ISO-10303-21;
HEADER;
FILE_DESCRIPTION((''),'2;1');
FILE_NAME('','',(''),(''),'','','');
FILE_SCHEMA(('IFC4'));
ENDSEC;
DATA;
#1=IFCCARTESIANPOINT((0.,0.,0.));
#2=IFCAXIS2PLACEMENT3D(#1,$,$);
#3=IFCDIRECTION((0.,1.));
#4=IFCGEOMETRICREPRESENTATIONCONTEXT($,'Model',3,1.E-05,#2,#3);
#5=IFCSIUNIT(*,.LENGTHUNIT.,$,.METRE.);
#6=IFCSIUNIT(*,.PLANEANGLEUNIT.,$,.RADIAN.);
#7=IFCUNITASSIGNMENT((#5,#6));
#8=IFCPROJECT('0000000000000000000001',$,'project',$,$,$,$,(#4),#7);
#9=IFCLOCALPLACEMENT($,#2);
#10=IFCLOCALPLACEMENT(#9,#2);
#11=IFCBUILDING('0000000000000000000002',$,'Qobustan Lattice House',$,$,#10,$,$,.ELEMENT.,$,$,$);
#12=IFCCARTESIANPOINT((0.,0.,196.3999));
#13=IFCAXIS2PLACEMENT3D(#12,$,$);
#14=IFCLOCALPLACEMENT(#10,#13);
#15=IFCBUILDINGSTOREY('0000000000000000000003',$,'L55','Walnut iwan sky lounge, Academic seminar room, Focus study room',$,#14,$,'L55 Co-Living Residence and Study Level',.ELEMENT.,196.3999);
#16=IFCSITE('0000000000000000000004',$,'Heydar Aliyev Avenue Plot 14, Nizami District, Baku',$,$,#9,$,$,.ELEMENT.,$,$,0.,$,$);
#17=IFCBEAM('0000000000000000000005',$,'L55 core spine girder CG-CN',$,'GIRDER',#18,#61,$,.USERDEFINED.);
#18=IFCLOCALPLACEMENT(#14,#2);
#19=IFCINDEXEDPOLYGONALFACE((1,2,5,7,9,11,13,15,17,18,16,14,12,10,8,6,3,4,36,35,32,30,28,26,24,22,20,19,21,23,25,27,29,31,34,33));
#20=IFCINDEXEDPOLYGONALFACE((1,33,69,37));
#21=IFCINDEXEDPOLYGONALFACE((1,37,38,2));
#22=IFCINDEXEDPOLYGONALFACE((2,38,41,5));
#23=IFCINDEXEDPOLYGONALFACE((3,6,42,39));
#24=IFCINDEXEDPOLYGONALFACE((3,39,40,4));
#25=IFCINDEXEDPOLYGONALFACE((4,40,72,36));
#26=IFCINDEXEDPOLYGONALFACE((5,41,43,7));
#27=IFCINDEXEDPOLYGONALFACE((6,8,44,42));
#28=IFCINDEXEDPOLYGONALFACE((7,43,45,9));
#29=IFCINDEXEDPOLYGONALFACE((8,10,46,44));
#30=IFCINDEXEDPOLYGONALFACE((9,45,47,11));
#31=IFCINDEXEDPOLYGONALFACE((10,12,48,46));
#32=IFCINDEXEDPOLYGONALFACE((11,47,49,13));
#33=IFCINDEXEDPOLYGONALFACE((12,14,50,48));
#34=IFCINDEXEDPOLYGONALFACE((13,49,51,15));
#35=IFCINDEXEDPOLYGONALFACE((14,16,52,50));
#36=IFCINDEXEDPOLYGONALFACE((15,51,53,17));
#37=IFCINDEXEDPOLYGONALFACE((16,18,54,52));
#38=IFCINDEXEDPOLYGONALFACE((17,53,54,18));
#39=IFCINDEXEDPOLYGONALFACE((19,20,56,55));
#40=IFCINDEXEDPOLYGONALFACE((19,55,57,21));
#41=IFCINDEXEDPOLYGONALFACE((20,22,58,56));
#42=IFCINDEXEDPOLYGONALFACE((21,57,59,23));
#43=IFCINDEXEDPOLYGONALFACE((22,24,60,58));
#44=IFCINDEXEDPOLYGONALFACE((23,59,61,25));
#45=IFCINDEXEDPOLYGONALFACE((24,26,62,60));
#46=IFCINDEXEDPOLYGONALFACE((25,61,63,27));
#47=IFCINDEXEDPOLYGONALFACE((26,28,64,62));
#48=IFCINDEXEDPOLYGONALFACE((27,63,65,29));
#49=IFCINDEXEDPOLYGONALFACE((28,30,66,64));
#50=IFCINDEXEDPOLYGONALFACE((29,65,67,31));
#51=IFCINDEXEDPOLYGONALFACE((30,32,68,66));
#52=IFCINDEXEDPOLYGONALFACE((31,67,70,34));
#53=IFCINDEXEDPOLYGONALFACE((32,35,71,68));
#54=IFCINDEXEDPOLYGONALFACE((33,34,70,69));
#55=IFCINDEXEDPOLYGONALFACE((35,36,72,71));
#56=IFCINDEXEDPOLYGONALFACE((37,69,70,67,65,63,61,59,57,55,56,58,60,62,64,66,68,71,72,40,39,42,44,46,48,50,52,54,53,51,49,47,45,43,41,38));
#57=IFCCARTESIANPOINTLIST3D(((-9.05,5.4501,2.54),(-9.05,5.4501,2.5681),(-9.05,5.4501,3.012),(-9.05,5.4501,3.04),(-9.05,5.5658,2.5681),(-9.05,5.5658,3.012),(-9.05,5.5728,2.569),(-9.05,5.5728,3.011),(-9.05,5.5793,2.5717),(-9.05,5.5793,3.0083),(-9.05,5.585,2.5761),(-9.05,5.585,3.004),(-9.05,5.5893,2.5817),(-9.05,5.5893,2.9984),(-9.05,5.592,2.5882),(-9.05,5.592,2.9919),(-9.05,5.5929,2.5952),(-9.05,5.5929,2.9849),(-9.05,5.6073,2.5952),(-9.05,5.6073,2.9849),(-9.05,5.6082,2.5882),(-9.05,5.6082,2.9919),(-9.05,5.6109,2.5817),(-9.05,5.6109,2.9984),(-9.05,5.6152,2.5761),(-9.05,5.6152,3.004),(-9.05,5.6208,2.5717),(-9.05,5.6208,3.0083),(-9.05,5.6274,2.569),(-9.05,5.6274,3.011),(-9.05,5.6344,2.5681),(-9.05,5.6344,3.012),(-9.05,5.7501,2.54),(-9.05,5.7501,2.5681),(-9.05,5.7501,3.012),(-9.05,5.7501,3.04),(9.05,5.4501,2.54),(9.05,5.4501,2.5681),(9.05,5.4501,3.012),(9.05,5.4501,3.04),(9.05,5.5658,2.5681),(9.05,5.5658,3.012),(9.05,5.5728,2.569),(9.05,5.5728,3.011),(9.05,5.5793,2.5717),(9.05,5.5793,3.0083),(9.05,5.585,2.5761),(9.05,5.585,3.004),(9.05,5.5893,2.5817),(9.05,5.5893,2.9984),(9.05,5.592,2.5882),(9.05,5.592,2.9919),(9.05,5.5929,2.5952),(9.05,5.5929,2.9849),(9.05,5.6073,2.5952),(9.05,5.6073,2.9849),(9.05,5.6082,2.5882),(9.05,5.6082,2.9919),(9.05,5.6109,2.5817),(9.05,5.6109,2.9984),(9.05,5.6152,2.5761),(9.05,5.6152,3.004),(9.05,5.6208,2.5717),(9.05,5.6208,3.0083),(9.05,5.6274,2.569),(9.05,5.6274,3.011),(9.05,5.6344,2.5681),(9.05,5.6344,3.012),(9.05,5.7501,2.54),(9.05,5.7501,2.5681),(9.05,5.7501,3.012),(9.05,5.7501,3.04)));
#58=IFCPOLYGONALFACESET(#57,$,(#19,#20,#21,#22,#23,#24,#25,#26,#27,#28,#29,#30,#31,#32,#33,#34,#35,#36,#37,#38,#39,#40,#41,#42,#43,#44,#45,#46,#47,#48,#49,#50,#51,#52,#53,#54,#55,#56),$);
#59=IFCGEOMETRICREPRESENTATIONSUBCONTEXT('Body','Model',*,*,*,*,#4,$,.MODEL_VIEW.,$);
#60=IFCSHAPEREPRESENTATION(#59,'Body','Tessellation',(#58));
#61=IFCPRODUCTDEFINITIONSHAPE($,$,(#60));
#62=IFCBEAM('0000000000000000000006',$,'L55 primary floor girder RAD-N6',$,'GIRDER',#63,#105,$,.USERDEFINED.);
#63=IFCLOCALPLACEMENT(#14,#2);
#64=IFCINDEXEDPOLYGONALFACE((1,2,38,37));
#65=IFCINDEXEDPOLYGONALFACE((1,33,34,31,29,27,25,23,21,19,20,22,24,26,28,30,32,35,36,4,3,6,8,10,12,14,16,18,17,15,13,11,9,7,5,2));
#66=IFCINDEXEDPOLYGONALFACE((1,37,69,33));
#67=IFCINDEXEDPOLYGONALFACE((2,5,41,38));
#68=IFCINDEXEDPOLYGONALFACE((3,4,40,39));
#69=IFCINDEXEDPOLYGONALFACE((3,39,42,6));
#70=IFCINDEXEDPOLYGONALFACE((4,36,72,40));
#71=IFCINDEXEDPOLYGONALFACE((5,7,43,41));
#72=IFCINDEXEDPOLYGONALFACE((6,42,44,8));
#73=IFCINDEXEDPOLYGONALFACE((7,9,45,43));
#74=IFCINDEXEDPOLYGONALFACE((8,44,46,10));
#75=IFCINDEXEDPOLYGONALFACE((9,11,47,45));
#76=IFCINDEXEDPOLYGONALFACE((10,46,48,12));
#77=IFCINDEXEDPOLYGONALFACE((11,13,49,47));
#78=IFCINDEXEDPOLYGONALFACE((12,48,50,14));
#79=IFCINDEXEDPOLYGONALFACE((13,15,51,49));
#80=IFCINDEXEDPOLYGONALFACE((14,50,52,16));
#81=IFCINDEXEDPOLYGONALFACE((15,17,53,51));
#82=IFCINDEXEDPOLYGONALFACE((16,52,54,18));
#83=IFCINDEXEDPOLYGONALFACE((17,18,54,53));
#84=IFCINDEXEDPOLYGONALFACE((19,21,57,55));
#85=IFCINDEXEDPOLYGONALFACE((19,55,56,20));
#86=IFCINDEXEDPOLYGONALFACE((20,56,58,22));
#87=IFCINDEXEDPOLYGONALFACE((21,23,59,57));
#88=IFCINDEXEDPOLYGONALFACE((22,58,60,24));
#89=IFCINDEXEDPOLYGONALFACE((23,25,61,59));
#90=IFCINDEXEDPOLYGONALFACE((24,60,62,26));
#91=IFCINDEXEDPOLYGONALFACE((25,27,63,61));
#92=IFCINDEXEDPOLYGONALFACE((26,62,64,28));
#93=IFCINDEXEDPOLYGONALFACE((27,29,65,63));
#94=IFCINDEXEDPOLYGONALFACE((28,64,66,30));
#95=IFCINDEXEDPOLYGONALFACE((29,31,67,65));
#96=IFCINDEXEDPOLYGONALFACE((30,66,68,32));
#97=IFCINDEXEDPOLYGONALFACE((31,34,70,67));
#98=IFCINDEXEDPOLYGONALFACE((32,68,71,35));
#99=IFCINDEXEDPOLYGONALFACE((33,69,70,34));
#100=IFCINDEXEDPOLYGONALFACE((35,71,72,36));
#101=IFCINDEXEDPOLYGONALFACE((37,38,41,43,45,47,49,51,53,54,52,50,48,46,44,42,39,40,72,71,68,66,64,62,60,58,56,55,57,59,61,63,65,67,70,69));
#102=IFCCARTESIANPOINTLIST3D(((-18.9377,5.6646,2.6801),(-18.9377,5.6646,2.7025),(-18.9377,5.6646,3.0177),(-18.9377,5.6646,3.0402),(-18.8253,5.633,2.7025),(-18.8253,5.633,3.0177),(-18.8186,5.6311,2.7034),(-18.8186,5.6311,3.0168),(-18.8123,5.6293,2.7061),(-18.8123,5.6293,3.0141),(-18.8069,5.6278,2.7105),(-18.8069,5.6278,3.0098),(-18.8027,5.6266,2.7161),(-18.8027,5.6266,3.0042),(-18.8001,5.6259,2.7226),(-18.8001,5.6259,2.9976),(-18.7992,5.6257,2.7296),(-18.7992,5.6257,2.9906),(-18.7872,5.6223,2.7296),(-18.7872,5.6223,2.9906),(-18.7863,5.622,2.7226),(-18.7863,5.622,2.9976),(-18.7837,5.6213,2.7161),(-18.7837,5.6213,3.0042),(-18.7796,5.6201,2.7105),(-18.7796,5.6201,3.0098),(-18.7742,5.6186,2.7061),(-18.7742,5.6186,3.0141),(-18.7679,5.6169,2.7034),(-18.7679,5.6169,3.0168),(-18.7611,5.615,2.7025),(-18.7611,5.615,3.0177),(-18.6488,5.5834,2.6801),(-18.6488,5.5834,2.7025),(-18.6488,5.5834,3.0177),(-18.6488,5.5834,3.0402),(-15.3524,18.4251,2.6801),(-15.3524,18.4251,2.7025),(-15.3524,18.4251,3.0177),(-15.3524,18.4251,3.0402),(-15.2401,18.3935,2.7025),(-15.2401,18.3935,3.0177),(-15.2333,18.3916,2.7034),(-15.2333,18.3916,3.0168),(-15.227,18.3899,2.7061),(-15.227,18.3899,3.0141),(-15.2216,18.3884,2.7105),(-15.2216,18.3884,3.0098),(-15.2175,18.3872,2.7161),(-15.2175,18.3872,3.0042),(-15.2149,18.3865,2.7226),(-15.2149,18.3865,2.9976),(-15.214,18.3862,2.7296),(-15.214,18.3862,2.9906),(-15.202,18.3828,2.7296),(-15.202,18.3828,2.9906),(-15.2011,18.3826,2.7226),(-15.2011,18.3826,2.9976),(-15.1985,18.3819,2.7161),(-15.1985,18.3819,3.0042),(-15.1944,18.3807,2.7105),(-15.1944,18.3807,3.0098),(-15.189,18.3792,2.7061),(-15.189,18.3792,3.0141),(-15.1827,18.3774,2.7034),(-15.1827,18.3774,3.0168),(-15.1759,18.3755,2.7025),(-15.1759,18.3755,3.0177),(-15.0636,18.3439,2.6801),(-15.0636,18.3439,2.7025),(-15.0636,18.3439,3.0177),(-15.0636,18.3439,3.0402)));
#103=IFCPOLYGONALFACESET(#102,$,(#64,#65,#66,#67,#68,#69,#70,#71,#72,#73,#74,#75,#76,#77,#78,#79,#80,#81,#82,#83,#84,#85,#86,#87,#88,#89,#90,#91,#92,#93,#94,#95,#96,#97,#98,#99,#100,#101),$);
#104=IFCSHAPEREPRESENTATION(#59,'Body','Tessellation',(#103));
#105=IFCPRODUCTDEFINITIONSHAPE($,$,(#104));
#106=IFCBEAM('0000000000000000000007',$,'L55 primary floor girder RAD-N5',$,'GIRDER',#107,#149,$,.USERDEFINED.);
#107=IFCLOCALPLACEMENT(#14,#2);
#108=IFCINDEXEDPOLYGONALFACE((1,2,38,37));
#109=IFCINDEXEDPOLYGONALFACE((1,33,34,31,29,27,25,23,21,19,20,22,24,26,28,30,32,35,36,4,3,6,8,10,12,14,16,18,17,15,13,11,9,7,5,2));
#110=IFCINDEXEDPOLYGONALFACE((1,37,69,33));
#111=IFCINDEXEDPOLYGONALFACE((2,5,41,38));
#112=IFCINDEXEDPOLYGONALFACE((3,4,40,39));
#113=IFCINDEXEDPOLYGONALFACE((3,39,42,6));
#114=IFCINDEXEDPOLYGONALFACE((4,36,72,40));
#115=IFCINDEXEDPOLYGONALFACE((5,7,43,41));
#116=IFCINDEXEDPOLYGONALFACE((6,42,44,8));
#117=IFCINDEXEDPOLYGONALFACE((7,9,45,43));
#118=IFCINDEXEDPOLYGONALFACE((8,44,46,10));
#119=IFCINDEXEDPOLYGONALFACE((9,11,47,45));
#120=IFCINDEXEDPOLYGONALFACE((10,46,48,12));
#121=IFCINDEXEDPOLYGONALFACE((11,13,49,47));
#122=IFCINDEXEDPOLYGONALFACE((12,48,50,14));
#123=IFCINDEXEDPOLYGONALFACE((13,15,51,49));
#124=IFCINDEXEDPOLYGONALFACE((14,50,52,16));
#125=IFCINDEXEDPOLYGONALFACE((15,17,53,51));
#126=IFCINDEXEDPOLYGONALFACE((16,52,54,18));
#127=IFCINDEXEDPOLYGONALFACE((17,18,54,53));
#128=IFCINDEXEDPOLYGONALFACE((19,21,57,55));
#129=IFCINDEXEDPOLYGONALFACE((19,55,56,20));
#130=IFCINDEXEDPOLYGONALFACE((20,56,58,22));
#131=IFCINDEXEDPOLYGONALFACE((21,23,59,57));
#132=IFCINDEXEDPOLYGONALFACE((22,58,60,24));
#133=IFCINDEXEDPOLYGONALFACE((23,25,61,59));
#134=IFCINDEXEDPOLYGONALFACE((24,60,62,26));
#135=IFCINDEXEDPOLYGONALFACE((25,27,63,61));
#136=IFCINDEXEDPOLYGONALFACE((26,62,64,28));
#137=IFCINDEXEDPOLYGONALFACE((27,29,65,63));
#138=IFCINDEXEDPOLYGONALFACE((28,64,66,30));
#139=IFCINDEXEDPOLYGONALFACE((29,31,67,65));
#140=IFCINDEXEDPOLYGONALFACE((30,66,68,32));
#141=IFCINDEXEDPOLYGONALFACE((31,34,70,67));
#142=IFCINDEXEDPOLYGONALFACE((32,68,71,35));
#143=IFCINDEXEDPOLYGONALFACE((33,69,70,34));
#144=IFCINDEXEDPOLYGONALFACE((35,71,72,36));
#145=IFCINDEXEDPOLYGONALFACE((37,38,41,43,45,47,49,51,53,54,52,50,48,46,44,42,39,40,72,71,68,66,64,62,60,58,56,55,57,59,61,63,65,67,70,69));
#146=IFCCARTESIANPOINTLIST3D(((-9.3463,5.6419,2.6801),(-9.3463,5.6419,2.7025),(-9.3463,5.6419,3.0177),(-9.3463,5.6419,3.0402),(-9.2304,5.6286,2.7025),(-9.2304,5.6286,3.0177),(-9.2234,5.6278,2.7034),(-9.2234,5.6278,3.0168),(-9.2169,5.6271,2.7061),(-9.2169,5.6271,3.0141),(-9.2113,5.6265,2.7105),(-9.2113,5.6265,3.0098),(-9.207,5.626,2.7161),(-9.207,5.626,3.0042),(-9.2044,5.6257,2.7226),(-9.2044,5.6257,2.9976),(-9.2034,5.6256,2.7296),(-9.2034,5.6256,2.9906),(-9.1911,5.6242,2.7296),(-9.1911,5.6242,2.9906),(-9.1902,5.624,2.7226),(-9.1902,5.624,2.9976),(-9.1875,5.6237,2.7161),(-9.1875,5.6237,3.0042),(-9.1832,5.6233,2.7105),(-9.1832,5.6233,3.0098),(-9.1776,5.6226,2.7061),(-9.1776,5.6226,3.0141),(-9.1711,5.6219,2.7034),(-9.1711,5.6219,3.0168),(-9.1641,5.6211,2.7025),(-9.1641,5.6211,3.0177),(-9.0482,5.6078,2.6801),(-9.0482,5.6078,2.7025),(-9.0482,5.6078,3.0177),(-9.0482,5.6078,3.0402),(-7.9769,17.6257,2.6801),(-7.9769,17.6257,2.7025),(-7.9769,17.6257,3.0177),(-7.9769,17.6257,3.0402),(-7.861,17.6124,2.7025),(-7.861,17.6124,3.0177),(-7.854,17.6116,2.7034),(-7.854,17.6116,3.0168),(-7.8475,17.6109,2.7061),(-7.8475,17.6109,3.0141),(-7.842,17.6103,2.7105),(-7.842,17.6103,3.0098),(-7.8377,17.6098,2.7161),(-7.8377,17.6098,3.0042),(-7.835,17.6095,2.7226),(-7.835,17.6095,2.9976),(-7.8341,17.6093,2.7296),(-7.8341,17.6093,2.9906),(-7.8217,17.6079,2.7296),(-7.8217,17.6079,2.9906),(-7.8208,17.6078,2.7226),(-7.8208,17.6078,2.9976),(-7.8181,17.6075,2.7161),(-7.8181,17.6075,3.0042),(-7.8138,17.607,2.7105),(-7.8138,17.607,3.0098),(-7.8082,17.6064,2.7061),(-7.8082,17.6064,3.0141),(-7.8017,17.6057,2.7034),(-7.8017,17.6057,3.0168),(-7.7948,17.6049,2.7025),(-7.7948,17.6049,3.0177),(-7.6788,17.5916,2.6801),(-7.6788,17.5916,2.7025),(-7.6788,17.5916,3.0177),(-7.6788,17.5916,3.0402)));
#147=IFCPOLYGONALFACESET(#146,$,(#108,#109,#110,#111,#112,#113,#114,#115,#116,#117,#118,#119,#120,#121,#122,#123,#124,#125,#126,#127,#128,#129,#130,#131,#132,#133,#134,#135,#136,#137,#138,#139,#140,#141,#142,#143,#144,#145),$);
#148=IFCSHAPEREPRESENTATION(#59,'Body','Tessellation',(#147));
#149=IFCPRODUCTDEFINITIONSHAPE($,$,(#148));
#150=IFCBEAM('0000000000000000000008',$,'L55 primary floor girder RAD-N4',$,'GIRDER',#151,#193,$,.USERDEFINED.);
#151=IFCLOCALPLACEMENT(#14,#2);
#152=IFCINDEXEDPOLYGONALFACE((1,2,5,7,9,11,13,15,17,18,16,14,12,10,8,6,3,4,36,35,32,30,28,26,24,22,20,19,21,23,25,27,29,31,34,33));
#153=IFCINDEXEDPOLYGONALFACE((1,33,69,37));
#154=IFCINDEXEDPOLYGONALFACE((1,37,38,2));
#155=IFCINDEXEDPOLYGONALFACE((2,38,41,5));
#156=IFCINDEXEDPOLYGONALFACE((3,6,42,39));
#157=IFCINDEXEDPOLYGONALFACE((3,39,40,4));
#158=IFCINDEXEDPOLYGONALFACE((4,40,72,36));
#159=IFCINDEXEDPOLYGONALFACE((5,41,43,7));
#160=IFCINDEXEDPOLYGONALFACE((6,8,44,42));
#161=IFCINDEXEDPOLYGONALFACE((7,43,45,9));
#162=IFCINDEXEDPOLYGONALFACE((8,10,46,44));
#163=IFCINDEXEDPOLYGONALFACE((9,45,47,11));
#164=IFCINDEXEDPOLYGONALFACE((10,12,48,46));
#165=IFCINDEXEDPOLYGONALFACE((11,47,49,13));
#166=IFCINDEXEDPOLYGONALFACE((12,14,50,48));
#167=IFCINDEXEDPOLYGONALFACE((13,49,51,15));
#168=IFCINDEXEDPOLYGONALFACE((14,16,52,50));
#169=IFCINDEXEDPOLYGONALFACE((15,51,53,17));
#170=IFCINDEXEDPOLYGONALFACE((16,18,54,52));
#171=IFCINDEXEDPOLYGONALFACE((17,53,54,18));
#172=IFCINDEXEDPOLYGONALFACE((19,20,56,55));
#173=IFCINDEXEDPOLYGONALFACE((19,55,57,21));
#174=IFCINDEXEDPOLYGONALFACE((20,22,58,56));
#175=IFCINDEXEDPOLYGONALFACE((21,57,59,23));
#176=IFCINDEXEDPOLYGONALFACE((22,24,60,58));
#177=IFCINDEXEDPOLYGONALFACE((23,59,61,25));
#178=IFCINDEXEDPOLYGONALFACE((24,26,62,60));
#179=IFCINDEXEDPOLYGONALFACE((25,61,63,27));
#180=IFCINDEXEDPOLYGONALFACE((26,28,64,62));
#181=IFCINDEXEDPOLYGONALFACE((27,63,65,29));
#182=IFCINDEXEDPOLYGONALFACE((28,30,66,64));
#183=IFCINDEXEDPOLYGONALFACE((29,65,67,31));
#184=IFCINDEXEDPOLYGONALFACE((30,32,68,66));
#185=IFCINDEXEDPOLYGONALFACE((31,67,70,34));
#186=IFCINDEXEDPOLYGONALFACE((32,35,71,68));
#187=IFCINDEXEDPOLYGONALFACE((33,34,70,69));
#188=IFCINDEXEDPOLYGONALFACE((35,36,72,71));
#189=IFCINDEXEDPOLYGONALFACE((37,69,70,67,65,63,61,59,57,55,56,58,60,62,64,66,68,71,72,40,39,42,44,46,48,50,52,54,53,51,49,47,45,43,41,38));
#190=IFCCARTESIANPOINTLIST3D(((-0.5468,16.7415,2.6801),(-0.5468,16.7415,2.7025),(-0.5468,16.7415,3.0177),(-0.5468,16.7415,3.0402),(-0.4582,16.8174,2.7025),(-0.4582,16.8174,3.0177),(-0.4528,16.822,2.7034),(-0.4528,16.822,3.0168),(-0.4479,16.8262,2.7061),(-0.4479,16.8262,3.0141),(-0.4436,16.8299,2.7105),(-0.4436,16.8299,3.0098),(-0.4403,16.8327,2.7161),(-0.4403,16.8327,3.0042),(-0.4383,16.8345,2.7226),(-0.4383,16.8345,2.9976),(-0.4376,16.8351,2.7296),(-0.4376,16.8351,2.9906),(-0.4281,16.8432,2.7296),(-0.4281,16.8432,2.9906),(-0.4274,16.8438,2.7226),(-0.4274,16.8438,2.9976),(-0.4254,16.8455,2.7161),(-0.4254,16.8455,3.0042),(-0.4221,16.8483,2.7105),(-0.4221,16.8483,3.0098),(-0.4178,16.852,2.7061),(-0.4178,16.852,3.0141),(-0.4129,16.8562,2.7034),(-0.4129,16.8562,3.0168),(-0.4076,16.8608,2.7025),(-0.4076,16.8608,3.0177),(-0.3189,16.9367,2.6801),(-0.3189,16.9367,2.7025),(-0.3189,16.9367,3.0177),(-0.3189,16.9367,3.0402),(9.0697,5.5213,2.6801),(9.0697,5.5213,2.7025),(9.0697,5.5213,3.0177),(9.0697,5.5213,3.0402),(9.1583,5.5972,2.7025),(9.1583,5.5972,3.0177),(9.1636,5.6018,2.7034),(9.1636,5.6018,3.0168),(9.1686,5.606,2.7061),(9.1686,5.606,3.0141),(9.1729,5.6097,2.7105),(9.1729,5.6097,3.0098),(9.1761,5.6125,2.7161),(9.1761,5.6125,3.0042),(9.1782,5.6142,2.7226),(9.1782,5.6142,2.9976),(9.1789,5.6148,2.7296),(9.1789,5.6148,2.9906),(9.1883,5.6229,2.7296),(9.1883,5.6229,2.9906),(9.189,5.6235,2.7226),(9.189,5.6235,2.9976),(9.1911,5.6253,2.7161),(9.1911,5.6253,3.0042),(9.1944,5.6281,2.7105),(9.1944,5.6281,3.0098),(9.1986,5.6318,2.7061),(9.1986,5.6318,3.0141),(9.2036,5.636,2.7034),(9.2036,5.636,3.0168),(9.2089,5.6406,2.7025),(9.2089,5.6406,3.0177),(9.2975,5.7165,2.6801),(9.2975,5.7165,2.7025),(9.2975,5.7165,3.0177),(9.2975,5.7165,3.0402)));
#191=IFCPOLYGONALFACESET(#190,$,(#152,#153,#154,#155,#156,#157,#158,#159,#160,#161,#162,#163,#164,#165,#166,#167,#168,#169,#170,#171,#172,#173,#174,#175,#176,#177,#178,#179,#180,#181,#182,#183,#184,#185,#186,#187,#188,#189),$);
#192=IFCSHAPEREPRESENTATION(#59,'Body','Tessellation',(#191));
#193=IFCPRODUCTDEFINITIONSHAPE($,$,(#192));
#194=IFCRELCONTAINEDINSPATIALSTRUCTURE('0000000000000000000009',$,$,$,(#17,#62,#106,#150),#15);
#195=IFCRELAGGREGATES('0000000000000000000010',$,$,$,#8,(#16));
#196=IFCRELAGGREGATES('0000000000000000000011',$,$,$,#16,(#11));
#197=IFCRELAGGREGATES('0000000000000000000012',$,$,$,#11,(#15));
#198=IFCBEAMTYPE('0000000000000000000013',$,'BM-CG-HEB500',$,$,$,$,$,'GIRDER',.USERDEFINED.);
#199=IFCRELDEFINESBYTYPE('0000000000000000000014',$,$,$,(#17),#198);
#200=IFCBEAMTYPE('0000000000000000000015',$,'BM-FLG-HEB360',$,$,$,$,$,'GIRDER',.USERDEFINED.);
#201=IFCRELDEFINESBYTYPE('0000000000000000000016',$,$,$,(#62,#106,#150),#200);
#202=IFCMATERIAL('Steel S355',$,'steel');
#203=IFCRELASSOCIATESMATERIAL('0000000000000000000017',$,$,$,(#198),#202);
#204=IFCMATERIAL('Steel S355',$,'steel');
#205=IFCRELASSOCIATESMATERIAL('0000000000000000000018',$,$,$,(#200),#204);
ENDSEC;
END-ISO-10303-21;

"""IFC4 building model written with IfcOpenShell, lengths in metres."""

from ifc_helpers import new_model, si_unit, direction, frame, origin, origin_2d, place, context, subcontext, project, spatial, i_section, extrude, material, material_profile, profile_set, type_object, element, save


model = new_model("IFC4")

# Units and contexts
model_context = context("Model", 3, precision=1e-05, world=origin(), true_north=direction((0.0, 1.0)))
body_context = subcontext(model_context, "Body", "Model", "MODEL_VIEW")
ifc_project = project(units=[si_unit("LENGTHUNIT", "METRE"), si_unit("PLANEANGLEUNIT", "RADIAN")], contexts=[model_context])

# Site, building, storey
site_placement = place(None, origin())
site = spatial("IfcSite", under=ifc_project, at=site_placement, Name="Heydar Aliyev Avenue Plot 14, Nizami District, Baku", CompositionType="ELEMENT", RefElevation=0.0)
building_placement = place(site_placement, origin())
building = spatial("IfcBuilding", under=site, at=building_placement, Name="Qobustan Lattice House", CompositionType="ELEMENT")
storey_placement = place(building_placement, frame((0.0, 0.0, 196.3999)))
storey = spatial("IfcBuildingStorey", under=building, at=storey_placement, Name="L55", Description="Walnut iwan sky lounge, Academic seminar room, Focus study room", LongName="L55 Co-Living Residence and Study Level", CompositionType="ELEMENT", Elevation=196.3999)

# Beams
ifc_material_1 = material(Name="Steel S355", Category="steel")
ifc_material_profile_1 = material_profile(ifc_material_1, i_section(OverallWidth=0.3, OverallDepth=0.5, WebThickness=0.0144, FlangeThickness=0.0281, FilletRadius=0.0271, at=origin_2d()), Name="HEB500")
ifc_profile_set_1 = profile_set([ifc_material_profile_1], Name="Steel S355")
beam_type_1 = type_object("IfcBeamType", Name="BM-CG-HEB500", ElementType="GIRDER", PredefinedType="USERDEFINED", material=ifc_profile_set_1)
beam_1_placement = place(storey_placement, frame((-9.05, 5.6001, 2.79), z_axis=(1.0, 0.0, 0.0), x_axis=(0.0, 1.0, 0.0)))
element("IfcBeam", 1, at=beam_1_placement, inside=storey, type_object=beam_type_1, Name="L55 core spine girder CG-CN", ObjectType="GIRDER", PredefinedType="USERDEFINED", context=body_context, shape_type="SweptSolid", body=[
    extrude(i_section(OverallWidth=0.3, OverallDepth=0.5, WebThickness=0.0144, FlangeThickness=0.0281, FilletRadius=0.0271, at=origin_2d()), origin(), (0.0, 0.0, 1.0), 18.1001),
])
ifc_material_2 = material(Name="Steel S355", Category="steel")
ifc_material_profile_2 = material_profile(ifc_material_2, i_section(OverallWidth=0.3, OverallDepth=0.3601, WebThickness=0.0125, FlangeThickness=0.0225, FilletRadius=0.0271, at=origin_2d()), Name="HEB360")
ifc_profile_set_2 = profile_set([ifc_material_profile_2], Name="Steel S355")
beam_type_2 = type_object("IfcBeamType", Name="BM-FLG-HEB360", ElementType="GIRDER", PredefinedType="USERDEFINED", material=ifc_profile_set_2)
beam_2_placement = place(storey_placement, frame((-15.208, 18.3845, 2.8601), z_axis=(-0.270488, -0.962723, 0.0), x_axis=(0.962723, -0.270488, 0.0)))
element("IfcBeam", 2, at=beam_2_placement, inside=storey, type_object=beam_type_2, Name="L55 primary floor girder RAD-N6", ObjectType="GIRDER", PredefinedType="USERDEFINED", context=body_context, shape_type="SweptSolid", body=[
    extrude(i_section(OverallWidth=0.3, OverallDepth=0.3601, WebThickness=0.0125, FlangeThickness=0.0225, FilletRadius=0.0271, at=origin_2d()), origin(), (0.0, 0.0, 1.0), 13.2546),
])
beam_3_placement = place(storey_placement, frame((-7.8279, 17.6086, 2.8601), z_axis=(-0.11353, -0.993535, 0.0), x_axis=(0.993535, -0.11353, 0.0)))
element("IfcBeam", 3, at=beam_3_placement, inside=storey, type_object=beam_type_2, Name="L55 primary floor girder RAD-N5", ObjectType="GIRDER", PredefinedType="USERDEFINED", context=body_context, shape_type="SweptSolid", body=[
    extrude(i_section(OverallWidth=0.3, OverallDepth=0.3601, WebThickness=0.0125, FlangeThickness=0.0225, FilletRadius=0.0271, at=origin_2d()), origin(), (0.0, 0.0, 1.0), 12.0618),
])
beam_4_placement = place(storey_placement, frame((-0.4329, 16.8391, 2.8601), z_axis=(0.650757, -0.759286, 0.0), x_axis=(0.759286, 0.650757, 0.0)))
element("IfcBeam", 4, at=beam_4_placement, inside=storey, type_object=beam_type_2, Name="L55 primary floor girder RAD-N4", ObjectType="GIRDER", PredefinedType="USERDEFINED", context=body_context, shape_type="SweptSolid", body=[
    extrude(i_section(OverallWidth=0.3, OverallDepth=0.3601, WebThickness=0.0125, FlangeThickness=0.0225, FilletRadius=0.0271, at=origin_2d()), origin(), (0.0, 0.0, 1.0), 14.7773),
])

save(model, "model.ifc")
